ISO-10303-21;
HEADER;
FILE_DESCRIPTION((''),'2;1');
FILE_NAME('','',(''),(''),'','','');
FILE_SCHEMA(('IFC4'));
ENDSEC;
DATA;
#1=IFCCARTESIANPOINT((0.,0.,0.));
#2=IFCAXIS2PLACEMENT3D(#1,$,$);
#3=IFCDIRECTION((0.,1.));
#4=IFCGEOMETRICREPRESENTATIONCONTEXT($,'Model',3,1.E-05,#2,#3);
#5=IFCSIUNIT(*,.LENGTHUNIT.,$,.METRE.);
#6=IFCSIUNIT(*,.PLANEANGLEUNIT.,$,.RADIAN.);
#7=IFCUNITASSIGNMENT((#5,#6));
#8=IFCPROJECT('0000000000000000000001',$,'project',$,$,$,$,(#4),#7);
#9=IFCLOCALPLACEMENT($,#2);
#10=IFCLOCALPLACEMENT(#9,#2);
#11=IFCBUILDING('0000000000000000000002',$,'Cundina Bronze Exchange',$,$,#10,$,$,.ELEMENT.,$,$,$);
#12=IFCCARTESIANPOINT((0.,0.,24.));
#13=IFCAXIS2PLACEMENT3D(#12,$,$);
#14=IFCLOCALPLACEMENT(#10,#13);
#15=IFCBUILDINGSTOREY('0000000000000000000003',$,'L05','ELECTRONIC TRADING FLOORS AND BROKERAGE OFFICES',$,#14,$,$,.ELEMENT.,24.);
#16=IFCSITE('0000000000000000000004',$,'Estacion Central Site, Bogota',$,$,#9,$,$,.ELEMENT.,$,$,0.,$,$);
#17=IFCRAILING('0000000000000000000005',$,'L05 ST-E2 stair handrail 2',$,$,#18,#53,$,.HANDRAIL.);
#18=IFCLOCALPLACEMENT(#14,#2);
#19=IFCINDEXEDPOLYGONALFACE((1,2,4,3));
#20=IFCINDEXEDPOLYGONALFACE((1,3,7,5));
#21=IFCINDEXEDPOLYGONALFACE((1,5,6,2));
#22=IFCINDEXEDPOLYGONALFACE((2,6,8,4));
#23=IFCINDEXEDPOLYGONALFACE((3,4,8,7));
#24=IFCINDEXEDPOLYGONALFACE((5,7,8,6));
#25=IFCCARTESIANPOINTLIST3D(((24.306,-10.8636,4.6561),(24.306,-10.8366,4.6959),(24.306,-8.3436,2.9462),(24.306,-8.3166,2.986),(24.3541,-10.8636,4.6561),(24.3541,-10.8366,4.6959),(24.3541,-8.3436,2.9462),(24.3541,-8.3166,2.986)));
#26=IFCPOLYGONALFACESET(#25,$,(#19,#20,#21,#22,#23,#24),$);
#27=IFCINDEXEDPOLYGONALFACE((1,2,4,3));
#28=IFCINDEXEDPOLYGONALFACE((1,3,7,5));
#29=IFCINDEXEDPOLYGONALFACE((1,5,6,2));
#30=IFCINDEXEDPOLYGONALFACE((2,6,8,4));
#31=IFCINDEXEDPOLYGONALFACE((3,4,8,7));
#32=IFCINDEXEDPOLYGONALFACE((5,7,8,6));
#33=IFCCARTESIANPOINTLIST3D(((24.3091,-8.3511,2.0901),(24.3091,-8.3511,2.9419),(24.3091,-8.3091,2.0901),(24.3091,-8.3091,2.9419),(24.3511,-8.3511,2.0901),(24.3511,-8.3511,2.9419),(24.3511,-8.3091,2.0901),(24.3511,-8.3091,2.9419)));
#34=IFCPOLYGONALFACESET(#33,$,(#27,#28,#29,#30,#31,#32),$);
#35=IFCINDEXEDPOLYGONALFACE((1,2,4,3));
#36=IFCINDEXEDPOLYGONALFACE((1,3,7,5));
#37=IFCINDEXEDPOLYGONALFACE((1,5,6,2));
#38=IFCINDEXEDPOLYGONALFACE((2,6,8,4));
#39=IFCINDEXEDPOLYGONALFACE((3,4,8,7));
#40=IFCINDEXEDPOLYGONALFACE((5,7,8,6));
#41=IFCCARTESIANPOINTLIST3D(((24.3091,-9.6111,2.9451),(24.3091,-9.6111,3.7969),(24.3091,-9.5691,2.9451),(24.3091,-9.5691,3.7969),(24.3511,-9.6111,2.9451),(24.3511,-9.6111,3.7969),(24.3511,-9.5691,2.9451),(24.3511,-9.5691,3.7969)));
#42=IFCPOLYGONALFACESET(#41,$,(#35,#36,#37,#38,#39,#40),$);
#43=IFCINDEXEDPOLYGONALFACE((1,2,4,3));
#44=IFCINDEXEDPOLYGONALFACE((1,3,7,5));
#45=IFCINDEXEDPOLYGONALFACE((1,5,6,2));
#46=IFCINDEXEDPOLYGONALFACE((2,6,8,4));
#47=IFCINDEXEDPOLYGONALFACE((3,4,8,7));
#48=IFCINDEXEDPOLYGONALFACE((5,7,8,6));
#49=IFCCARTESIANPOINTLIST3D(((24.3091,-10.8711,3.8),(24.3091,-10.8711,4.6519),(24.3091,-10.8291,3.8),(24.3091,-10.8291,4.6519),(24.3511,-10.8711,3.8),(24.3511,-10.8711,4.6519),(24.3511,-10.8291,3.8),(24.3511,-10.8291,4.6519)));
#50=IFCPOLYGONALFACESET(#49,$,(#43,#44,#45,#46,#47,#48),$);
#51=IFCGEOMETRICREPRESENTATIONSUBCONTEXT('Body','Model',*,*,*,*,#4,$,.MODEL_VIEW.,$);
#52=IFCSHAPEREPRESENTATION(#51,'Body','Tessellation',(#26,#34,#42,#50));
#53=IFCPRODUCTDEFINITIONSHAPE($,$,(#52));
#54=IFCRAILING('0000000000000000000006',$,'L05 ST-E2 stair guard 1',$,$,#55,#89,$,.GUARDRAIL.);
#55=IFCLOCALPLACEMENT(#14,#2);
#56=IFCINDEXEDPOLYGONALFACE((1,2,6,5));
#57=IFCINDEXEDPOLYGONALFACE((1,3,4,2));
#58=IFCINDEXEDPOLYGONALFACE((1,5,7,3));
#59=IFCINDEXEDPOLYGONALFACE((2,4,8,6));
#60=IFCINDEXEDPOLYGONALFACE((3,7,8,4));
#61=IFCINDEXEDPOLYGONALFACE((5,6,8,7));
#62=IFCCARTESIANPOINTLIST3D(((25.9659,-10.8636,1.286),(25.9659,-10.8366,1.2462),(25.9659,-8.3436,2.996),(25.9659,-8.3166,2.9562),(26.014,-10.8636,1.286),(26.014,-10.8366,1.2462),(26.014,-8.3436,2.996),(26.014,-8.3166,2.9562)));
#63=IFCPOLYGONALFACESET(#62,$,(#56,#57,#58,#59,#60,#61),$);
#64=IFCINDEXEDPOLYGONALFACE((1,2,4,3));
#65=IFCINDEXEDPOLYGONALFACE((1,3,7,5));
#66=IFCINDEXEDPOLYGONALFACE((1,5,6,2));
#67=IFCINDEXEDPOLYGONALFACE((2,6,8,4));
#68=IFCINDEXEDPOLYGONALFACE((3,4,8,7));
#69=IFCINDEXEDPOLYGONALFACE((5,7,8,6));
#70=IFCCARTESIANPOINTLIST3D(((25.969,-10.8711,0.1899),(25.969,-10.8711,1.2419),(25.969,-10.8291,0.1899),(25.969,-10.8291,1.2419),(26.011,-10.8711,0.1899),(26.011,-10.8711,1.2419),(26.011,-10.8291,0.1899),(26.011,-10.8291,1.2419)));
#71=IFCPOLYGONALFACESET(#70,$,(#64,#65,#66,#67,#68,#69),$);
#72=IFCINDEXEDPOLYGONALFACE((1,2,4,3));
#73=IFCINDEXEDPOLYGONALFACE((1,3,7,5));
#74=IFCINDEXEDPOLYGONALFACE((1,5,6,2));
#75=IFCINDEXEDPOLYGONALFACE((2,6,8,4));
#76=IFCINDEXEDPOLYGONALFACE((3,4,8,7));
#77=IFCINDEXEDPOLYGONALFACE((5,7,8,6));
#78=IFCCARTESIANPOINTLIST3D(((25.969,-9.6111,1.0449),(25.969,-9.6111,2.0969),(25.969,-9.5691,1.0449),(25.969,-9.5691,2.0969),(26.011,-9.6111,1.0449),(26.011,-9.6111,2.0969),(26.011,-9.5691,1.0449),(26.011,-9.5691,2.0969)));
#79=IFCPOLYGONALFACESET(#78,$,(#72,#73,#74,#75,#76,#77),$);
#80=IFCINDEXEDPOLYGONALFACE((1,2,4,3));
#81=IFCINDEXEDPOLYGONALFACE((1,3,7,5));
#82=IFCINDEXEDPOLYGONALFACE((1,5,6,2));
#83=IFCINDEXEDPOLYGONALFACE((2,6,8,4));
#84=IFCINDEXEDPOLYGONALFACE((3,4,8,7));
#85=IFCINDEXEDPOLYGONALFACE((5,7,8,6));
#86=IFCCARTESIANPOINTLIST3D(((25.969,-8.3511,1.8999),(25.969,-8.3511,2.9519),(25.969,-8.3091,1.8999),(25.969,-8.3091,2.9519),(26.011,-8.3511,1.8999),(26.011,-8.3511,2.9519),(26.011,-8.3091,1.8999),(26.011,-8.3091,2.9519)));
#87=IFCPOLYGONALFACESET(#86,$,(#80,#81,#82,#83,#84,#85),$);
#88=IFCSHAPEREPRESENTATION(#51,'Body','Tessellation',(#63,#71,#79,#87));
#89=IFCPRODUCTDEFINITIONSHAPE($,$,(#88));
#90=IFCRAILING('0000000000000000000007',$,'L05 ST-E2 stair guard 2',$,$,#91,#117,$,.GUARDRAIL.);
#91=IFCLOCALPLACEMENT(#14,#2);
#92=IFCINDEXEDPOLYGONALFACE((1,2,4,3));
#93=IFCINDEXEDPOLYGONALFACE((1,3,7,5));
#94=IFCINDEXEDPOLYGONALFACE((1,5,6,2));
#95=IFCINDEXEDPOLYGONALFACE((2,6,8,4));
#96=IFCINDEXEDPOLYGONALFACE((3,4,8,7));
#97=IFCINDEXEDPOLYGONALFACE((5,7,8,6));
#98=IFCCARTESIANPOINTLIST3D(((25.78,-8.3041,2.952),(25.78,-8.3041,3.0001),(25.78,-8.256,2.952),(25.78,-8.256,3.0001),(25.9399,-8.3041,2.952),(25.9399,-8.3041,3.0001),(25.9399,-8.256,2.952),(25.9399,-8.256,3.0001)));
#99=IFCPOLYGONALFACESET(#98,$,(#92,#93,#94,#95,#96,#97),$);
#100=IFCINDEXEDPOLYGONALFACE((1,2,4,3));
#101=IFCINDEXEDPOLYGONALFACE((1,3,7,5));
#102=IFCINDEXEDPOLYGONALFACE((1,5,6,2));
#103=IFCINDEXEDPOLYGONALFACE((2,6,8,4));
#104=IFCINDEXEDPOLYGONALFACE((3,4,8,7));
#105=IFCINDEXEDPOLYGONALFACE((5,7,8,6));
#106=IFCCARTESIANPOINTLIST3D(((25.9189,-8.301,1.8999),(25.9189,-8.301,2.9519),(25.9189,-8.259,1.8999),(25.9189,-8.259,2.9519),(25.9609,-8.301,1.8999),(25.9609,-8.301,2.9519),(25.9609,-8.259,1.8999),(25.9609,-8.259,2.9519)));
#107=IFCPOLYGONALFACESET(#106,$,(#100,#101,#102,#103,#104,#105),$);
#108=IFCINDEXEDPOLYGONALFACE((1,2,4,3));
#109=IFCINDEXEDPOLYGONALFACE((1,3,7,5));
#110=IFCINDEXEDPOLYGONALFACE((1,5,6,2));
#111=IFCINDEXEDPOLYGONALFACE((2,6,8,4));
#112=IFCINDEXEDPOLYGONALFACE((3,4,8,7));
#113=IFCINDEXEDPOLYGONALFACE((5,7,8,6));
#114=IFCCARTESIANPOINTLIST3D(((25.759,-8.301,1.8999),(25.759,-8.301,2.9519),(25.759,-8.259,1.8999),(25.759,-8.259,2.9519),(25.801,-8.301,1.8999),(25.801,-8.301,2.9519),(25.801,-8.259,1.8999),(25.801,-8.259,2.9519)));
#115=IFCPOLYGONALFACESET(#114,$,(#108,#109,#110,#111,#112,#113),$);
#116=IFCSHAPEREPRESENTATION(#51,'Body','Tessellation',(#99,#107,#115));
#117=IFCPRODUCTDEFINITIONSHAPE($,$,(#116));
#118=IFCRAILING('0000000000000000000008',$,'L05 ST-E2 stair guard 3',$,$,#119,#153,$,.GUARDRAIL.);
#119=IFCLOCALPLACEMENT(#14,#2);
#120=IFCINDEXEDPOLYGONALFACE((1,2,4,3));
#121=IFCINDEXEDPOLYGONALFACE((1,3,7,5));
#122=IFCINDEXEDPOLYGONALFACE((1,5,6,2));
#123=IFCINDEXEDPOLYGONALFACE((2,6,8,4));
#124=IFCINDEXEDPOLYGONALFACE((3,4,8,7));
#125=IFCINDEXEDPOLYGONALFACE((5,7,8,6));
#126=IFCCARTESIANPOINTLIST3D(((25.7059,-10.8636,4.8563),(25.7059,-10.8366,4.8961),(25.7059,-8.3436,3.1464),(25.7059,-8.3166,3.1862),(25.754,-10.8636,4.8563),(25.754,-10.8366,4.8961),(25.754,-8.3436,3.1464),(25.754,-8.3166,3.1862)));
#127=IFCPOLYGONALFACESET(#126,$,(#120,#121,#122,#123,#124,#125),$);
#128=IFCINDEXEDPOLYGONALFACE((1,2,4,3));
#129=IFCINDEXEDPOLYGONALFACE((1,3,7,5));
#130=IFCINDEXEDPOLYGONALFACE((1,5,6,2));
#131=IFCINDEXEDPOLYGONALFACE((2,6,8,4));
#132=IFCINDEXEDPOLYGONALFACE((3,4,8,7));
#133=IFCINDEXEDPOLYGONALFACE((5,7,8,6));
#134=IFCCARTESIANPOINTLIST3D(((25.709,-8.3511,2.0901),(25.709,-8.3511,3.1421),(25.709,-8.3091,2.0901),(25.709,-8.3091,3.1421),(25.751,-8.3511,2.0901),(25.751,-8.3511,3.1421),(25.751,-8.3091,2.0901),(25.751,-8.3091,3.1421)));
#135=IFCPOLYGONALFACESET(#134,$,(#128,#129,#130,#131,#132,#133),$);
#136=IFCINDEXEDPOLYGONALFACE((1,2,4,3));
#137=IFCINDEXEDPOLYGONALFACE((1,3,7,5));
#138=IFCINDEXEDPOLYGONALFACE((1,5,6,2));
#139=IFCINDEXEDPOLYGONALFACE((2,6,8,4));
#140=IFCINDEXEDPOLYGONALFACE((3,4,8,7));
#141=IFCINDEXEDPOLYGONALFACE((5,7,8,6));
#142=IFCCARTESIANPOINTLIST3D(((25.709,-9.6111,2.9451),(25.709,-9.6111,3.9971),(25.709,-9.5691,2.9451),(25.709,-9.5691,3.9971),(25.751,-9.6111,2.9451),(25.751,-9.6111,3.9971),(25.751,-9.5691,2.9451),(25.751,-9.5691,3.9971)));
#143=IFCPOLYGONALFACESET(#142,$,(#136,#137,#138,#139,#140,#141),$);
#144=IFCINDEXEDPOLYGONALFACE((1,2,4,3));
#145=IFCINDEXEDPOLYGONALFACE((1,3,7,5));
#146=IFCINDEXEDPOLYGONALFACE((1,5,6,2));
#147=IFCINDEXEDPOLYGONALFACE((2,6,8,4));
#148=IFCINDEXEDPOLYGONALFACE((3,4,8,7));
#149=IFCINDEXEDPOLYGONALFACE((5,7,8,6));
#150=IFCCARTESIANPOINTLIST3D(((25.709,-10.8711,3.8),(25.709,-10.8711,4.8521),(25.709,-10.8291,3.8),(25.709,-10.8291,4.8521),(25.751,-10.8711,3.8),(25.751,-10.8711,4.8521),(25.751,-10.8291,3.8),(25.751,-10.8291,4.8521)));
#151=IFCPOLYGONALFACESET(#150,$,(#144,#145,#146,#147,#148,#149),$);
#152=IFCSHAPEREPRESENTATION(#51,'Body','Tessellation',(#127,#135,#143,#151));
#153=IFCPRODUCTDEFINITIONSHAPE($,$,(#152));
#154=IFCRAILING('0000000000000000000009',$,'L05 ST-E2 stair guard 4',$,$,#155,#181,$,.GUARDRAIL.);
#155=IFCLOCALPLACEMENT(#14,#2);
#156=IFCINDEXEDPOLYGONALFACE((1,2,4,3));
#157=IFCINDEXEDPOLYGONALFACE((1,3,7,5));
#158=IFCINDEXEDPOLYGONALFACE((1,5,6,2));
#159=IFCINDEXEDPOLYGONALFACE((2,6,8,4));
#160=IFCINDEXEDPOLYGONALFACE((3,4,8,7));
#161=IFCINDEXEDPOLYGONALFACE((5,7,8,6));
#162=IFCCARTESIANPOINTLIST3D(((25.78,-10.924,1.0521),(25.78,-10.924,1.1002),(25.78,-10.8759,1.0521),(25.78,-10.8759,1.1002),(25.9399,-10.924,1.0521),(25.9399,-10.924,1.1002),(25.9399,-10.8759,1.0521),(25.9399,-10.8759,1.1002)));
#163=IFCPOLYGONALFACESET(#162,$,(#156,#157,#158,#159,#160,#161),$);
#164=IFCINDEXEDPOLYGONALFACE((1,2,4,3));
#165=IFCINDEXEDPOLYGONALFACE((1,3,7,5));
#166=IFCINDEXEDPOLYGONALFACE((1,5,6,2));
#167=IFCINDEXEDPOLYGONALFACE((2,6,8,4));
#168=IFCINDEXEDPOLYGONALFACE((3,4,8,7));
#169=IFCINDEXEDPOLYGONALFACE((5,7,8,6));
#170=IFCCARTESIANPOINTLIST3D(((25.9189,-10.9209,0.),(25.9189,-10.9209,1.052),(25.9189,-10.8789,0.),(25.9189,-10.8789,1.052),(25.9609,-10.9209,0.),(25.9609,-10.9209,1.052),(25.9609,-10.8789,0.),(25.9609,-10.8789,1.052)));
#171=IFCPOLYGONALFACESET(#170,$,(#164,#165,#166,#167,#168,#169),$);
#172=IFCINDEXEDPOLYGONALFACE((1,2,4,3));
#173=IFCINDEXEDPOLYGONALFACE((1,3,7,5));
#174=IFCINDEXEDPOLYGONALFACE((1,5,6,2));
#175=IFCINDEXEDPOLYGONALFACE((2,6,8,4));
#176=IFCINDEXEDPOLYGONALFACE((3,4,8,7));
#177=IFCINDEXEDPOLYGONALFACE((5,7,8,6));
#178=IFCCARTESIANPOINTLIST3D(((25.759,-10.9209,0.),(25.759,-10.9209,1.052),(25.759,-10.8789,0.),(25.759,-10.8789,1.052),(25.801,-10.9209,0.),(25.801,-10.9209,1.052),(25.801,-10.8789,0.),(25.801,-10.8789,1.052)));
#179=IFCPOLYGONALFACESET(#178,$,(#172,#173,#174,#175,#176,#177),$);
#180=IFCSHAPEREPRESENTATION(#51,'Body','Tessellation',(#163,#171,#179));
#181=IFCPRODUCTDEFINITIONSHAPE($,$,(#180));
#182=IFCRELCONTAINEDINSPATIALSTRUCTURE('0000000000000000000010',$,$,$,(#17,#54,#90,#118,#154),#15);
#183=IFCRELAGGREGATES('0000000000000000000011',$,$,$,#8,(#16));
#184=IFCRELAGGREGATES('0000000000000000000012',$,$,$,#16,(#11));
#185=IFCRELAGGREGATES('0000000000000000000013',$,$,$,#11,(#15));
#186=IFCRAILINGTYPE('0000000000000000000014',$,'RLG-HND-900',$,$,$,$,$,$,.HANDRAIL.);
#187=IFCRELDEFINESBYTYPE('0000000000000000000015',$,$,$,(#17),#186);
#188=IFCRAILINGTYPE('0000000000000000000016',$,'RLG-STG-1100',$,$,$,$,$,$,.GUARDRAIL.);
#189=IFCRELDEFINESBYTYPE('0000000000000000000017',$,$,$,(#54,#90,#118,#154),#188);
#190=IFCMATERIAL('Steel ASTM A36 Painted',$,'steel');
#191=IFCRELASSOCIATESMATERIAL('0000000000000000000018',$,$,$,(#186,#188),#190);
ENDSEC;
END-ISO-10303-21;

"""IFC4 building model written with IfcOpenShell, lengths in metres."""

from ifc_helpers import new_model, si_unit, direction, frame, origin, origin_2d, place, context, subcontext, project, spatial, rectangle, extrude, material, type_object, element, save


model = new_model("IFC4")

# Units and contexts
model_context = context("Model", 3, precision=1e-05, world=origin(), true_north=direction((0.0, 1.0)))
body_context = subcontext(model_context, "Body", "Model", "MODEL_VIEW")
ifc_project = project(units=[si_unit("LENGTHUNIT", "METRE"), si_unit("PLANEANGLEUNIT", "RADIAN")], contexts=[model_context])

# Site, building, storey
site_placement = place(None, origin())
site = spatial("IfcSite", under=ifc_project, at=site_placement, Name="Estacion Central Site, Bogota", CompositionType="ELEMENT", RefElevation=0.0)
building_placement = place(site_placement, origin())
building = spatial("IfcBuilding", under=site, at=building_placement, Name="Cundina Bronze Exchange", CompositionType="ELEMENT")
storey_placement = place(building_placement, frame((0.0, 0.0, 24.0)))
storey = spatial("IfcBuildingStorey", under=building, at=storey_placement, Name="L05", Description="ELECTRONIC TRADING FLOORS AND BROKERAGE OFFICES", CompositionType="ELEMENT", Elevation=24.0)

# Shared definitions
ifc_material_1 = material(Name="Steel ASTM A36 Painted", Category="steel")

# Railings
railing_type_1 = type_object("IfcRailingType", Name="RLG-HND-900", PredefinedType="HANDRAIL", material=ifc_material_1)
railing_1_placement = place(storey_placement, frame((24.3301, -8.3301, 2.0901)))
element("IfcRailing", 1, at=railing_1_placement, inside=storey, type_object=railing_type_1, Name="L05 ST-E2 stair handrail 2", PredefinedType="HANDRAIL", context=body_context, shape_type="SweptSolid", body=[
    extrude(rectangle(XDim=0.0481, YDim=0.0481, at=origin_2d()), frame((0.0, 0.0, 0.876), z_axis=(0.0, -0.827484, 0.56149), x_axis=(1.0, 0.0, 0.0)), (0.0, 0.0, 1.0), 3.0454),
    extrude(rectangle(XDim=0.042, YDim=0.042, at=origin_2d()), origin(), (0.0, 0.0, 1.0), 0.8518),
    extrude(rectangle(XDim=0.042, YDim=0.042, at=origin_2d()), frame((0.0, -1.26, 0.855)), (0.0, 0.0, 1.0), 0.8518),
    extrude(rectangle(XDim=0.042, YDim=0.042, at=origin_2d()), frame((0.0, -2.52, 1.71)), (0.0, 0.0, 1.0), 0.8518),
])
railing_type_2 = type_object("IfcRailingType", Name="RLG-STG-1100", PredefinedType="GUARDRAIL", material=ifc_material_1)
railing_2_placement = place(storey_placement, frame((25.99, -10.8501, 0.1899)))
element("IfcRailing", 2, at=railing_2_placement, inside=storey, type_object=railing_type_2, Name="L05 ST-E2 stair guard 1", PredefinedType="GUARDRAIL", context=body_context, shape_type="SweptSolid", body=[
    extrude(rectangle(XDim=0.0481, YDim=0.0481, at=origin_2d()), frame((0.0, 0.0, 1.0762), z_axis=(0.0, 0.827484, 0.56149), x_axis=(-1.0, 0.0, 0.0)), (0.0, 0.0, 1.0), 3.0454),
    extrude(rectangle(XDim=0.042, YDim=0.042, at=origin_2d()), origin(), (0.0, 0.0, 1.0), 1.052),
    extrude(rectangle(XDim=0.042, YDim=0.042, at=origin_2d()), frame((0.0, 1.26, 0.855)), (0.0, 0.0, 1.0), 1.052),
    extrude(rectangle(XDim=0.042, YDim=0.042, at=origin_2d()), frame((0.0, 2.52, 1.71)), (0.0, 0.0, 1.0), 1.052),
])
railing_3_placement = place(storey_placement, frame((25.9399, -8.28, 1.8999)))
element("IfcRailing", 3, at=railing_3_placement, inside=storey, type_object=railing_type_2, Name="L05 ST-E2 stair guard 2", PredefinedType="GUARDRAIL", context=body_context, shape_type="SweptSolid", body=[
    extrude(rectangle(XDim=0.0481, YDim=0.0481, at=origin_2d()), frame((0.0, 0.0, 1.0762), z_axis=(-1.0, 0.0, 0.0), x_axis=(0.0, -1.0, 0.0)), (0.0, 0.0, 1.0), 0.1599),
    extrude(rectangle(XDim=0.042, YDim=0.042, at=origin_2d()), origin(), (0.0, 0.0, 1.0), 1.052),
    extrude(rectangle(XDim=0.042, YDim=0.042, at=origin_2d()), frame((-0.1599, 0.0, 0.0)), (0.0, 0.0, 1.0), 1.052),
])
railing_4_placement = place(storey_placement, frame((25.73, -8.3301, 2.0901)))
element("IfcRailing", 4, at=railing_4_placement, inside=storey, type_object=railing_type_2, Name="L05 ST-E2 stair guard 3", PredefinedType="GUARDRAIL", context=body_context, shape_type="SweptSolid", body=[
    extrude(rectangle(XDim=0.0481, YDim=0.0481, at=origin_2d()), frame((0.0, 0.0, 1.0762), z_axis=(0.0, -0.827484, 0.56149), x_axis=(1.0, 0.0, 0.0)), (0.0, 0.0, 1.0), 3.0454),
    extrude(rectangle(XDim=0.042, YDim=0.042, at=origin_2d()), origin(), (0.0, 0.0, 1.0), 1.052),
    extrude(rectangle(XDim=0.042, YDim=0.042, at=origin_2d()), frame((0.0, -1.26, 0.855)), (0.0, 0.0, 1.0), 1.052),
    extrude(rectangle(XDim=0.042, YDim=0.042, at=origin_2d()), frame((0.0, -2.52, 1.71)), (0.0, 0.0, 1.0), 1.052),
])
railing_5_placement = place(storey_placement, frame((25.9399, -10.8999, 0.0)))
element("IfcRailing", 5, at=railing_5_placement, inside=storey, type_object=railing_type_2, Name="L05 ST-E2 stair guard 4", PredefinedType="GUARDRAIL", context=body_context, shape_type="SweptSolid", body=[
    extrude(rectangle(XDim=0.0481, YDim=0.0481, at=origin_2d()), frame((0.0, 0.0, 1.0762), z_axis=(-1.0, 0.0, 0.0), x_axis=(0.0, -1.0, 0.0)), (0.0, 0.0, 1.0), 0.1599),
    extrude(rectangle(XDim=0.042, YDim=0.042, at=origin_2d()), origin(), (0.0, 0.0, 1.0), 1.052),
    extrude(rectangle(XDim=0.042, YDim=0.042, at=origin_2d()), frame((-0.1599, 0.0, 0.0)), (0.0, 0.0, 1.0), 1.052),
])

save(model, "model.ifc")
